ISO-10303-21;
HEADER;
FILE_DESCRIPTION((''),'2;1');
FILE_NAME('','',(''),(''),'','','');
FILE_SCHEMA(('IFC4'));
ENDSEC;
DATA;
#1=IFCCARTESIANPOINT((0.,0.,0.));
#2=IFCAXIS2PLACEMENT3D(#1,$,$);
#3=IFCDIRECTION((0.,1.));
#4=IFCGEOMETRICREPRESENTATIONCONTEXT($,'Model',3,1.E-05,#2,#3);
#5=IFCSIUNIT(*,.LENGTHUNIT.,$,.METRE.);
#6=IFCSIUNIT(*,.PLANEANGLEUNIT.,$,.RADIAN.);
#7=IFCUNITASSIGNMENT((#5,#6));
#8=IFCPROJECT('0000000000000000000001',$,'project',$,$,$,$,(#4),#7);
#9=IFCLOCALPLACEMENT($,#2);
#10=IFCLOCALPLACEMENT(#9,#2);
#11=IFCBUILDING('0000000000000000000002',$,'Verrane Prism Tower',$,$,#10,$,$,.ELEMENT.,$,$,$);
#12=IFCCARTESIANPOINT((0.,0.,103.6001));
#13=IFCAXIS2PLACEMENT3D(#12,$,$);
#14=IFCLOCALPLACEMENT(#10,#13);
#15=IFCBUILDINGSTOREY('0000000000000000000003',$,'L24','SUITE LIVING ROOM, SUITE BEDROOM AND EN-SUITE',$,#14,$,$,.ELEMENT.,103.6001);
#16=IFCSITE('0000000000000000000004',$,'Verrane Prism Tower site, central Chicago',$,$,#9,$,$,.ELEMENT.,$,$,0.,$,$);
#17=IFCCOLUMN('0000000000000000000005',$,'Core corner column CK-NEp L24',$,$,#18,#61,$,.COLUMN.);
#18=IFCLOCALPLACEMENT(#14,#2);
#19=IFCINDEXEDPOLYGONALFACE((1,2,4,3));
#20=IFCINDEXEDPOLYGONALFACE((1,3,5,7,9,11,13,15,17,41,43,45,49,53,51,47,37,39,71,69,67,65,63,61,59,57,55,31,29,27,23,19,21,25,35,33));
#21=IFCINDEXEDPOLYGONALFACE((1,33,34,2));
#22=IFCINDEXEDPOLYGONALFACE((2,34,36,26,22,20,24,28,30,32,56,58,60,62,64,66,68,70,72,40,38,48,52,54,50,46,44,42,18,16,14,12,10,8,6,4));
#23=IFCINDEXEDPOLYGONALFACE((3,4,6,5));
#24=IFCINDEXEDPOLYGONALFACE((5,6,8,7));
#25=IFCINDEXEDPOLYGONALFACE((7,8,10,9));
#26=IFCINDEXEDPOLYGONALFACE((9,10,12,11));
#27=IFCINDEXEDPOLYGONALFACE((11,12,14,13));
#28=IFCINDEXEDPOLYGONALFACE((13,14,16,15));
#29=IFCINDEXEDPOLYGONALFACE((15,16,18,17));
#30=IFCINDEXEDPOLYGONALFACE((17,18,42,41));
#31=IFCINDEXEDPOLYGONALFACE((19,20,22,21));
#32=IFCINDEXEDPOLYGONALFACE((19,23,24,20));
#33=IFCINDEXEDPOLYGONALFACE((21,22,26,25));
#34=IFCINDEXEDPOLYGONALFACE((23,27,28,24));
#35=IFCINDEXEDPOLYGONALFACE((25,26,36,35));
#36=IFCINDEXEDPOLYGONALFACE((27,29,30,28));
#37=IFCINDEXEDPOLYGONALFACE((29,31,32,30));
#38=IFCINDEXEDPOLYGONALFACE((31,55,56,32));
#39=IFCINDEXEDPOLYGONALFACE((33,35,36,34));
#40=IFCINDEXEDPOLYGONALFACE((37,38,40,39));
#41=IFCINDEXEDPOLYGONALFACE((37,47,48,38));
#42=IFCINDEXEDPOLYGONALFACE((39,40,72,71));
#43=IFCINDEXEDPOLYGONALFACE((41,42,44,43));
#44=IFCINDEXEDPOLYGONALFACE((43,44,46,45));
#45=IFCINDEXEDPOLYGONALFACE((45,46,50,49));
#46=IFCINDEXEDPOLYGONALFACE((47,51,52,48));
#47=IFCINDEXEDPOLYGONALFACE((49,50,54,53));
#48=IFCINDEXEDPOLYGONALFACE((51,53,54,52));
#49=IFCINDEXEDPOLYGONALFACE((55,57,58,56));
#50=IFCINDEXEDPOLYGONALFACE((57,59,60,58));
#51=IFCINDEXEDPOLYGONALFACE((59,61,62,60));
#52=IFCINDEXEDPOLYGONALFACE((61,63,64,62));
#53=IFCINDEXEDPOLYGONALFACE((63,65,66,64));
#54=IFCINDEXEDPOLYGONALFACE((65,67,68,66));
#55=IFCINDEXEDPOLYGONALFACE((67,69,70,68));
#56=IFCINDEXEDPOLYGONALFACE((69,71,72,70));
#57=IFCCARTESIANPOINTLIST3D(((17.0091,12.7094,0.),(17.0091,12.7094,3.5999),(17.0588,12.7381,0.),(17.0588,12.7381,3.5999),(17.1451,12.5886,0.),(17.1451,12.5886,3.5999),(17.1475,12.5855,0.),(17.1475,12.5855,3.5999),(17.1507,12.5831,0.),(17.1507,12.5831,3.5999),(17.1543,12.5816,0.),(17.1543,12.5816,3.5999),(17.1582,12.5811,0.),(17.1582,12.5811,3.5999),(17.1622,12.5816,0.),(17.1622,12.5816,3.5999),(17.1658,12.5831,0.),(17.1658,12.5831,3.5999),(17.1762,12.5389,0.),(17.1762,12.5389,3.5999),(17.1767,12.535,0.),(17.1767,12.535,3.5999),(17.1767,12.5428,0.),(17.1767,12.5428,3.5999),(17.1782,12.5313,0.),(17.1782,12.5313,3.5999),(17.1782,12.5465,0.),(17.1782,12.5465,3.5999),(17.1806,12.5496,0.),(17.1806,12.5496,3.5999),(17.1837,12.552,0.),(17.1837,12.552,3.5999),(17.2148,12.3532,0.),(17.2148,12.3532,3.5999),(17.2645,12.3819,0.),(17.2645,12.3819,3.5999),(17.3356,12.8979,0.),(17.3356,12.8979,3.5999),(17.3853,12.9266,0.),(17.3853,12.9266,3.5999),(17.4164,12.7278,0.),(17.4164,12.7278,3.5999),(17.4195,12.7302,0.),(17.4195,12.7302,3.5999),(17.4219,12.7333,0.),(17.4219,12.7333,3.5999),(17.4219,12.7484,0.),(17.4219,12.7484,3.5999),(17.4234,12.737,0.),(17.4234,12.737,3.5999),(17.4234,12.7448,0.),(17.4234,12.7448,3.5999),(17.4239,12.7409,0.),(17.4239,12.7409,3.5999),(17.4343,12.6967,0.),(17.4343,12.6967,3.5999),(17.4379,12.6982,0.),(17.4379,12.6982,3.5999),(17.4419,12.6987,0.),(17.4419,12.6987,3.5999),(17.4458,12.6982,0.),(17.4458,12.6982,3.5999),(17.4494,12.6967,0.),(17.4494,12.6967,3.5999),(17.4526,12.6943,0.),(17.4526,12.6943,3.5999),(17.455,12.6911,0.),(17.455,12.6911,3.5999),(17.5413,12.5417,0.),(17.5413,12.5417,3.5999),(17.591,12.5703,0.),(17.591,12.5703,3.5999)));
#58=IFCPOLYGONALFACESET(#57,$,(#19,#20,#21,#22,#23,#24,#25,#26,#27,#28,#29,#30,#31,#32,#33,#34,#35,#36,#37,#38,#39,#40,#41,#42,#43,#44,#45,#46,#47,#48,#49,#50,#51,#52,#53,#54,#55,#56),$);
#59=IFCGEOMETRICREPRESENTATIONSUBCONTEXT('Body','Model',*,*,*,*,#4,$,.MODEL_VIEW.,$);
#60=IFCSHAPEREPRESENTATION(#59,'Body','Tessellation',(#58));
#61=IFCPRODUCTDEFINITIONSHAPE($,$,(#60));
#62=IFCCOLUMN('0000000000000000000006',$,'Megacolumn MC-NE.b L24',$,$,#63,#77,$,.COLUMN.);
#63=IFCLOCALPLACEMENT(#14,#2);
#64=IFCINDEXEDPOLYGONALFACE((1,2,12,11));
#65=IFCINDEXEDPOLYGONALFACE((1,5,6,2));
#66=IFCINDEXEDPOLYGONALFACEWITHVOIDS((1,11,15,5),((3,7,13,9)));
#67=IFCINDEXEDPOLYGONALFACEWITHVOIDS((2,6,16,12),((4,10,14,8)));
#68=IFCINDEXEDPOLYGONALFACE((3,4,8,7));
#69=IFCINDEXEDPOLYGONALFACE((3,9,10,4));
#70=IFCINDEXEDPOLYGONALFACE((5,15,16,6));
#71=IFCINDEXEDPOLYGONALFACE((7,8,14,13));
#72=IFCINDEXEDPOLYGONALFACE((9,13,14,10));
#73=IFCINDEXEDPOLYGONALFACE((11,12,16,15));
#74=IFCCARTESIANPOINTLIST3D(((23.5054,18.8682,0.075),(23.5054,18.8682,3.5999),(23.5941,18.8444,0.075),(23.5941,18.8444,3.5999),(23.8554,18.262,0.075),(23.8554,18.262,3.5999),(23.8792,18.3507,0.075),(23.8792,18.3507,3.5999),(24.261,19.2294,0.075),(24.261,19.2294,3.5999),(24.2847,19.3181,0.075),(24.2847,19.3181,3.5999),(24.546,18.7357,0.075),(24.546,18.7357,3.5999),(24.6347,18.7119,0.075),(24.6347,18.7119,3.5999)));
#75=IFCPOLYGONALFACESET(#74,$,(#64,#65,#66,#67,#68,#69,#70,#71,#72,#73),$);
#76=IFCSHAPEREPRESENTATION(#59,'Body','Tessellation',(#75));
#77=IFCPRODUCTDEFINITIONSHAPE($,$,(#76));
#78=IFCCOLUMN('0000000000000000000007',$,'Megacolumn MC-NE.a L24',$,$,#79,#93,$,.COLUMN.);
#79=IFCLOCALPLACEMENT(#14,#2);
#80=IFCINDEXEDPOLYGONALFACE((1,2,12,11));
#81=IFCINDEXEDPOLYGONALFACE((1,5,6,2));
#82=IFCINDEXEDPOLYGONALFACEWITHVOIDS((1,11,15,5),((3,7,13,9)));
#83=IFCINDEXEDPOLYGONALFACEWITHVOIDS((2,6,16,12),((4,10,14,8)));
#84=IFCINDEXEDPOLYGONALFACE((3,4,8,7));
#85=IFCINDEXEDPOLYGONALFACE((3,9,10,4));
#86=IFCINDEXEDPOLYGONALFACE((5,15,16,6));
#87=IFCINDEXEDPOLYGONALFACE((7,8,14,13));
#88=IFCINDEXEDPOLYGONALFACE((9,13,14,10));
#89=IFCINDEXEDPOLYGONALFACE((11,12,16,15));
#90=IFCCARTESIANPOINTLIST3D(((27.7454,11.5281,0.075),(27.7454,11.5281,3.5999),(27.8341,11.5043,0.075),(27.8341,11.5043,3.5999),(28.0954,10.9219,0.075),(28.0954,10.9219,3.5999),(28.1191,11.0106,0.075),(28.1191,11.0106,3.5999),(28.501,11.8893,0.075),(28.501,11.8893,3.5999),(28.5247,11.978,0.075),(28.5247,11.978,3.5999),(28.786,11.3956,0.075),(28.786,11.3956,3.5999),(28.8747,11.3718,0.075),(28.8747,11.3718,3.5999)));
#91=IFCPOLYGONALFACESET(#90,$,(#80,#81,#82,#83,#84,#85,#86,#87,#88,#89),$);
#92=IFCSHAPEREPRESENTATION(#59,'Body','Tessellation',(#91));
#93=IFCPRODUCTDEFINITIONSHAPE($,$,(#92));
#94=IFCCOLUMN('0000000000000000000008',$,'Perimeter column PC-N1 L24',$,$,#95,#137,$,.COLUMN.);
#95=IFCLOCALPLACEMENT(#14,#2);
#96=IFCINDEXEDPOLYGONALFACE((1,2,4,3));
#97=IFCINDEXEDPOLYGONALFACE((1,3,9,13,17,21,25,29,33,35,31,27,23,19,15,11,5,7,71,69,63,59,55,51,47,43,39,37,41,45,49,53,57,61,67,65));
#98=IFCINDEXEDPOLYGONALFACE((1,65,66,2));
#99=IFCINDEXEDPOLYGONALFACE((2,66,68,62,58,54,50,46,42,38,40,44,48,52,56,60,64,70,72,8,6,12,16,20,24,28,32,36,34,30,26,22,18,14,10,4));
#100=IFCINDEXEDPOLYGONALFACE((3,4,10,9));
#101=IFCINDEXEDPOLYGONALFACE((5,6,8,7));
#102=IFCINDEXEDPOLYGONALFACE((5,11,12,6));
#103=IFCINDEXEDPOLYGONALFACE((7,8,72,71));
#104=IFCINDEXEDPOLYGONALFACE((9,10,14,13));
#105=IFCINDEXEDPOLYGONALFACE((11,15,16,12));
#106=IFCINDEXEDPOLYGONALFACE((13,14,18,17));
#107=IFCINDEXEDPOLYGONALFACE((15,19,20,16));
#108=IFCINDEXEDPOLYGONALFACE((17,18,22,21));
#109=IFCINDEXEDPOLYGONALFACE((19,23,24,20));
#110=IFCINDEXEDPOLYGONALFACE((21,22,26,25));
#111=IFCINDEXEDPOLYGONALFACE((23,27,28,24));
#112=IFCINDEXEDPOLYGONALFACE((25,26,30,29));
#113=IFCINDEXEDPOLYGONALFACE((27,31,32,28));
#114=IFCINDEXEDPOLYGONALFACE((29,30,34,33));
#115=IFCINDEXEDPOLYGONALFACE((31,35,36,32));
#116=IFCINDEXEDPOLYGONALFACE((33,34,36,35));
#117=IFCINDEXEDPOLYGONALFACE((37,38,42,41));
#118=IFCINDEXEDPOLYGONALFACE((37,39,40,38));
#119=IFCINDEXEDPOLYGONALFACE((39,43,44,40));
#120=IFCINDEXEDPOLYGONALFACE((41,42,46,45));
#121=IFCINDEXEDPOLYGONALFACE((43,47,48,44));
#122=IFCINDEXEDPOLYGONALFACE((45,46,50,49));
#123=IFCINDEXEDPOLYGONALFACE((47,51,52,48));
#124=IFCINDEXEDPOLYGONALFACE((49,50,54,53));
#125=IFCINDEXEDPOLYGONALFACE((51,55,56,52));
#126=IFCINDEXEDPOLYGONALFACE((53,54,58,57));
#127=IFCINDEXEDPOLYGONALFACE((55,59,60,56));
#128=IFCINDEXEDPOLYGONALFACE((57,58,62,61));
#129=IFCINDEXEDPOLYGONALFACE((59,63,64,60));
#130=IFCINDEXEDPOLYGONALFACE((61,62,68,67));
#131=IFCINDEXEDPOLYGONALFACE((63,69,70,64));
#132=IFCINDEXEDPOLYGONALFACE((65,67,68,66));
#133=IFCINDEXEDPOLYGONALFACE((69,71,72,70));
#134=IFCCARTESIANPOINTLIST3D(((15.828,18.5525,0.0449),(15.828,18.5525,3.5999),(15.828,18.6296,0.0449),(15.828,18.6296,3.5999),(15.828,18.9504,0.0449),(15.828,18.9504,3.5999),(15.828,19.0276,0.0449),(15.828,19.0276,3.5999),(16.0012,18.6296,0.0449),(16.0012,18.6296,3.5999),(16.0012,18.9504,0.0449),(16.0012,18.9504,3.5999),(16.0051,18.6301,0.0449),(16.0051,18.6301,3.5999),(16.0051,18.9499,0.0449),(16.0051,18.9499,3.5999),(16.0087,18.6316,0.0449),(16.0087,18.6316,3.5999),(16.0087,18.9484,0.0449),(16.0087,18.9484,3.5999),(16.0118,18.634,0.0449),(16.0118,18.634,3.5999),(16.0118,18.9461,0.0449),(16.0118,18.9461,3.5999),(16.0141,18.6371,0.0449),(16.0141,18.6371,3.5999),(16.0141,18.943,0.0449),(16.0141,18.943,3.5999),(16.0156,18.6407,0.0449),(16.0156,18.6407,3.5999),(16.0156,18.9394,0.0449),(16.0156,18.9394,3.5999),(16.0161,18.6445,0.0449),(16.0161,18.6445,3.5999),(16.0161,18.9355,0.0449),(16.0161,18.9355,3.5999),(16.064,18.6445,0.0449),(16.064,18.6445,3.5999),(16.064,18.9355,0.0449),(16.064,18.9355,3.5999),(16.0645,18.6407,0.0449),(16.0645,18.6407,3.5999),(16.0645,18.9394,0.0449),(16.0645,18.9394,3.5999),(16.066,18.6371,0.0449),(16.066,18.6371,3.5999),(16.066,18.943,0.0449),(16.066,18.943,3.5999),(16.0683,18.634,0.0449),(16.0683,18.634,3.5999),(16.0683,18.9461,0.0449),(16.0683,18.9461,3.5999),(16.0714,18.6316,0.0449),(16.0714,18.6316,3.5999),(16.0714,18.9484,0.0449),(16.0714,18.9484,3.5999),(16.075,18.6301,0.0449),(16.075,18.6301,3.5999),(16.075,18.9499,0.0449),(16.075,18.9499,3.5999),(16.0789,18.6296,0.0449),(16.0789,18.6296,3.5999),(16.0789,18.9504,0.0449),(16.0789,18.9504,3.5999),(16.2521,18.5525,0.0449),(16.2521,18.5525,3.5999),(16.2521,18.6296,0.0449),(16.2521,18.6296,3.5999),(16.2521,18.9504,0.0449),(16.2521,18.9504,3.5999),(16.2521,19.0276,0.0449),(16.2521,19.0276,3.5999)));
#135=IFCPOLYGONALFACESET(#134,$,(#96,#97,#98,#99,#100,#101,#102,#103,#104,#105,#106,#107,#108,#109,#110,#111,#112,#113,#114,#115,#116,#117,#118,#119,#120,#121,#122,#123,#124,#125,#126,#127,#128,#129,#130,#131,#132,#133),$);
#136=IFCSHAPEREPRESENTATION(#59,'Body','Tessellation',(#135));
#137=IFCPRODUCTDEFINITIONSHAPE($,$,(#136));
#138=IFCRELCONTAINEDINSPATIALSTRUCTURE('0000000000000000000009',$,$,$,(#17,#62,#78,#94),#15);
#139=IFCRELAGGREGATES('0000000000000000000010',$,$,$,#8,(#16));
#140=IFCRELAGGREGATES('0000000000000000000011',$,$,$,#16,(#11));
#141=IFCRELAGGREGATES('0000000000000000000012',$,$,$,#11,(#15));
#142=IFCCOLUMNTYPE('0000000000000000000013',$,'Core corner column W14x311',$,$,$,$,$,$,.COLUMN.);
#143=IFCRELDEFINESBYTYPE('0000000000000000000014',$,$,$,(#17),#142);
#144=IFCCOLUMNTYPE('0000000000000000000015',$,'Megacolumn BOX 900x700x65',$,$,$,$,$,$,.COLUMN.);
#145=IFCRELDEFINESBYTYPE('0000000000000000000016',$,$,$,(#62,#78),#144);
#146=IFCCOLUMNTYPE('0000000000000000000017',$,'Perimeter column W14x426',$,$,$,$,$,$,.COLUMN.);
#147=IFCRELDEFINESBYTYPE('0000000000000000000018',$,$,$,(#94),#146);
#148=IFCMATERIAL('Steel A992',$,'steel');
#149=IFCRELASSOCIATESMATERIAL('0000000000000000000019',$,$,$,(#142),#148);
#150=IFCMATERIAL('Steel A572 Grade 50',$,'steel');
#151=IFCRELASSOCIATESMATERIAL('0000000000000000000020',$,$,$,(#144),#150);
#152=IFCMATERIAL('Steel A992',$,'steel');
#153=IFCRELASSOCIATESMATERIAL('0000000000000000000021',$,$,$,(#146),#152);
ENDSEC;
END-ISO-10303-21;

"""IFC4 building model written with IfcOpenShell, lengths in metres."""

from ifc_helpers import new_model, si_unit, direction, frame, origin, origin_2d, place, context, subcontext, project, spatial, hollow_rectangle, i_section, extrude, material, material_profile, profile_set, type_object, element, save


model = new_model("IFC4")

# Units and contexts
model_context = context("Model", 3, precision=1e-05, world=origin(), true_north=direction((0.0, 1.0)))
body_context = subcontext(model_context, "Body", "Model", "MODEL_VIEW")
ifc_project = project(units=[si_unit("LENGTHUNIT", "METRE"), si_unit("PLANEANGLEUNIT", "RADIAN")], contexts=[model_context])

# Site, building, storey
site_placement = place(None, origin())
site = spatial("IfcSite", under=ifc_project, at=site_placement, Name="Verrane Prism Tower site, central Chicago", CompositionType="ELEMENT", RefElevation=0.0)
building_placement = place(site_placement, origin())
building = spatial("IfcBuilding", under=site, at=building_placement, Name="Verrane Prism Tower", CompositionType="ELEMENT")
storey_placement = place(building_placement, frame((0.0, 0.0, 103.6001)))
storey = spatial("IfcBuildingStorey", under=building, at=storey_placement, Name="L24", Description="SUITE LIVING ROOM, SUITE BEDROOM AND EN-SUITE", CompositionType="ELEMENT", Elevation=103.6001)

# Columns
ifc_material_1 = material(Name="Steel A992", Category="steel")
ifc_material_profile_1 = material_profile(ifc_material_1, i_section(OverallWidth=0.4114, OverallDepth=0.4343, WebThickness=0.0359, FlangeThickness=0.0574, FilletRadius=0.0151, at=origin_2d()), Name="W14x311")
ifc_profile_set_1 = profile_set([ifc_material_profile_1], Name="Steel A992")
column_type_1 = type_object("IfcColumnType", Name="Core corner column W14x311", PredefinedType="COLUMN", material=ifc_profile_set_1)
column_1_placement = place(storey_placement, frame((17.3, 12.6399, 0.0), z_axis=(0.0, 0.0, 1.0), x_axis=(0.5, -0.866025, 0.0)))
element("IfcColumn", 1, at=column_1_placement, inside=storey, type_object=column_type_1, Name="Core corner column CK-NEp L24", PredefinedType="COLUMN", context=body_context, shape_type="SweptSolid", body=[
    extrude(i_section(OverallWidth=0.4114, OverallDepth=0.4343, WebThickness=0.0359, FlangeThickness=0.0574, FilletRadius=0.0151, at=origin_2d()), origin(), (0.0, 0.0, 1.0), 3.5999),
])
ifc_material_2 = material(Name="Steel A572 Grade 50", Category="steel")
ifc_material_profile_2 = material_profile(ifc_material_2, hollow_rectangle(XDim=0.7, YDim=0.8999, WallThickness=0.0649, at=origin_2d()), Name="BOX 900x700x65")
ifc_profile_set_2 = profile_set([ifc_material_profile_2], Name="Steel A572 Grade 50")
column_type_2 = type_object("IfcColumnType", Name="Megacolumn BOX 900x700x65", PredefinedType="COLUMN", material=ifc_profile_set_2)
for number, where, z_axis, x_axis, name in (
    (2, (24.0701, 18.79, 0.075), (0.0, 0.0, 1.0), (0.5, -0.866025, 0.0), "Megacolumn MC-NE.b L24"),
    (3, (28.3101, 11.45, 0.075), (0.0, 0.0, 1.0), (0.5, -0.866025, 0.0), "Megacolumn MC-NE.a L24"),
):
    element("IfcColumn", number, at=place(storey_placement, frame(where, z_axis=z_axis, x_axis=x_axis)), inside=storey, type_object=column_type_2, Name=name, PredefinedType="COLUMN", context=body_context, shape_type="SweptSolid", body=[
        extrude(hollow_rectangle(XDim=0.7, YDim=0.8999, WallThickness=0.0649, at=origin_2d()), origin(), (0.0, 0.0, 1.0), 3.5249),
    ])
ifc_material_3 = material(Name="Steel A992", Category="steel")
ifc_material_profile_3 = material_profile(ifc_material_3, i_section(OverallWidth=0.4241, OverallDepth=0.4751, WebThickness=0.0479, FlangeThickness=0.0771, FilletRadius=0.0149, at=origin_2d()), Name="W14x426")
ifc_profile_set_3 = profile_set([ifc_material_profile_3], Name="Steel A992")
column_type_3 = type_object("IfcColumnType", Name="Perimeter column W14x426", PredefinedType="COLUMN", material=ifc_profile_set_3)
column_2_placement = place(storey_placement, frame((16.04, 18.79, 0.0449), z_axis=(0.0, 0.0, 1.0), x_axis=(1.0, 0.0, 0.0)))
element("IfcColumn", 4, at=column_2_placement, inside=storey, type_object=column_type_3, Name="Perimeter column PC-N1 L24", PredefinedType="COLUMN", context=body_context, shape_type="SweptSolid", body=[
    extrude(i_section(OverallWidth=0.4241, OverallDepth=0.4751, WebThickness=0.0479, FlangeThickness=0.0771, FilletRadius=0.0149, at=origin_2d()), origin(), (0.0, 0.0, 1.0), 3.5549),
])

save(model, "model.ifc")
